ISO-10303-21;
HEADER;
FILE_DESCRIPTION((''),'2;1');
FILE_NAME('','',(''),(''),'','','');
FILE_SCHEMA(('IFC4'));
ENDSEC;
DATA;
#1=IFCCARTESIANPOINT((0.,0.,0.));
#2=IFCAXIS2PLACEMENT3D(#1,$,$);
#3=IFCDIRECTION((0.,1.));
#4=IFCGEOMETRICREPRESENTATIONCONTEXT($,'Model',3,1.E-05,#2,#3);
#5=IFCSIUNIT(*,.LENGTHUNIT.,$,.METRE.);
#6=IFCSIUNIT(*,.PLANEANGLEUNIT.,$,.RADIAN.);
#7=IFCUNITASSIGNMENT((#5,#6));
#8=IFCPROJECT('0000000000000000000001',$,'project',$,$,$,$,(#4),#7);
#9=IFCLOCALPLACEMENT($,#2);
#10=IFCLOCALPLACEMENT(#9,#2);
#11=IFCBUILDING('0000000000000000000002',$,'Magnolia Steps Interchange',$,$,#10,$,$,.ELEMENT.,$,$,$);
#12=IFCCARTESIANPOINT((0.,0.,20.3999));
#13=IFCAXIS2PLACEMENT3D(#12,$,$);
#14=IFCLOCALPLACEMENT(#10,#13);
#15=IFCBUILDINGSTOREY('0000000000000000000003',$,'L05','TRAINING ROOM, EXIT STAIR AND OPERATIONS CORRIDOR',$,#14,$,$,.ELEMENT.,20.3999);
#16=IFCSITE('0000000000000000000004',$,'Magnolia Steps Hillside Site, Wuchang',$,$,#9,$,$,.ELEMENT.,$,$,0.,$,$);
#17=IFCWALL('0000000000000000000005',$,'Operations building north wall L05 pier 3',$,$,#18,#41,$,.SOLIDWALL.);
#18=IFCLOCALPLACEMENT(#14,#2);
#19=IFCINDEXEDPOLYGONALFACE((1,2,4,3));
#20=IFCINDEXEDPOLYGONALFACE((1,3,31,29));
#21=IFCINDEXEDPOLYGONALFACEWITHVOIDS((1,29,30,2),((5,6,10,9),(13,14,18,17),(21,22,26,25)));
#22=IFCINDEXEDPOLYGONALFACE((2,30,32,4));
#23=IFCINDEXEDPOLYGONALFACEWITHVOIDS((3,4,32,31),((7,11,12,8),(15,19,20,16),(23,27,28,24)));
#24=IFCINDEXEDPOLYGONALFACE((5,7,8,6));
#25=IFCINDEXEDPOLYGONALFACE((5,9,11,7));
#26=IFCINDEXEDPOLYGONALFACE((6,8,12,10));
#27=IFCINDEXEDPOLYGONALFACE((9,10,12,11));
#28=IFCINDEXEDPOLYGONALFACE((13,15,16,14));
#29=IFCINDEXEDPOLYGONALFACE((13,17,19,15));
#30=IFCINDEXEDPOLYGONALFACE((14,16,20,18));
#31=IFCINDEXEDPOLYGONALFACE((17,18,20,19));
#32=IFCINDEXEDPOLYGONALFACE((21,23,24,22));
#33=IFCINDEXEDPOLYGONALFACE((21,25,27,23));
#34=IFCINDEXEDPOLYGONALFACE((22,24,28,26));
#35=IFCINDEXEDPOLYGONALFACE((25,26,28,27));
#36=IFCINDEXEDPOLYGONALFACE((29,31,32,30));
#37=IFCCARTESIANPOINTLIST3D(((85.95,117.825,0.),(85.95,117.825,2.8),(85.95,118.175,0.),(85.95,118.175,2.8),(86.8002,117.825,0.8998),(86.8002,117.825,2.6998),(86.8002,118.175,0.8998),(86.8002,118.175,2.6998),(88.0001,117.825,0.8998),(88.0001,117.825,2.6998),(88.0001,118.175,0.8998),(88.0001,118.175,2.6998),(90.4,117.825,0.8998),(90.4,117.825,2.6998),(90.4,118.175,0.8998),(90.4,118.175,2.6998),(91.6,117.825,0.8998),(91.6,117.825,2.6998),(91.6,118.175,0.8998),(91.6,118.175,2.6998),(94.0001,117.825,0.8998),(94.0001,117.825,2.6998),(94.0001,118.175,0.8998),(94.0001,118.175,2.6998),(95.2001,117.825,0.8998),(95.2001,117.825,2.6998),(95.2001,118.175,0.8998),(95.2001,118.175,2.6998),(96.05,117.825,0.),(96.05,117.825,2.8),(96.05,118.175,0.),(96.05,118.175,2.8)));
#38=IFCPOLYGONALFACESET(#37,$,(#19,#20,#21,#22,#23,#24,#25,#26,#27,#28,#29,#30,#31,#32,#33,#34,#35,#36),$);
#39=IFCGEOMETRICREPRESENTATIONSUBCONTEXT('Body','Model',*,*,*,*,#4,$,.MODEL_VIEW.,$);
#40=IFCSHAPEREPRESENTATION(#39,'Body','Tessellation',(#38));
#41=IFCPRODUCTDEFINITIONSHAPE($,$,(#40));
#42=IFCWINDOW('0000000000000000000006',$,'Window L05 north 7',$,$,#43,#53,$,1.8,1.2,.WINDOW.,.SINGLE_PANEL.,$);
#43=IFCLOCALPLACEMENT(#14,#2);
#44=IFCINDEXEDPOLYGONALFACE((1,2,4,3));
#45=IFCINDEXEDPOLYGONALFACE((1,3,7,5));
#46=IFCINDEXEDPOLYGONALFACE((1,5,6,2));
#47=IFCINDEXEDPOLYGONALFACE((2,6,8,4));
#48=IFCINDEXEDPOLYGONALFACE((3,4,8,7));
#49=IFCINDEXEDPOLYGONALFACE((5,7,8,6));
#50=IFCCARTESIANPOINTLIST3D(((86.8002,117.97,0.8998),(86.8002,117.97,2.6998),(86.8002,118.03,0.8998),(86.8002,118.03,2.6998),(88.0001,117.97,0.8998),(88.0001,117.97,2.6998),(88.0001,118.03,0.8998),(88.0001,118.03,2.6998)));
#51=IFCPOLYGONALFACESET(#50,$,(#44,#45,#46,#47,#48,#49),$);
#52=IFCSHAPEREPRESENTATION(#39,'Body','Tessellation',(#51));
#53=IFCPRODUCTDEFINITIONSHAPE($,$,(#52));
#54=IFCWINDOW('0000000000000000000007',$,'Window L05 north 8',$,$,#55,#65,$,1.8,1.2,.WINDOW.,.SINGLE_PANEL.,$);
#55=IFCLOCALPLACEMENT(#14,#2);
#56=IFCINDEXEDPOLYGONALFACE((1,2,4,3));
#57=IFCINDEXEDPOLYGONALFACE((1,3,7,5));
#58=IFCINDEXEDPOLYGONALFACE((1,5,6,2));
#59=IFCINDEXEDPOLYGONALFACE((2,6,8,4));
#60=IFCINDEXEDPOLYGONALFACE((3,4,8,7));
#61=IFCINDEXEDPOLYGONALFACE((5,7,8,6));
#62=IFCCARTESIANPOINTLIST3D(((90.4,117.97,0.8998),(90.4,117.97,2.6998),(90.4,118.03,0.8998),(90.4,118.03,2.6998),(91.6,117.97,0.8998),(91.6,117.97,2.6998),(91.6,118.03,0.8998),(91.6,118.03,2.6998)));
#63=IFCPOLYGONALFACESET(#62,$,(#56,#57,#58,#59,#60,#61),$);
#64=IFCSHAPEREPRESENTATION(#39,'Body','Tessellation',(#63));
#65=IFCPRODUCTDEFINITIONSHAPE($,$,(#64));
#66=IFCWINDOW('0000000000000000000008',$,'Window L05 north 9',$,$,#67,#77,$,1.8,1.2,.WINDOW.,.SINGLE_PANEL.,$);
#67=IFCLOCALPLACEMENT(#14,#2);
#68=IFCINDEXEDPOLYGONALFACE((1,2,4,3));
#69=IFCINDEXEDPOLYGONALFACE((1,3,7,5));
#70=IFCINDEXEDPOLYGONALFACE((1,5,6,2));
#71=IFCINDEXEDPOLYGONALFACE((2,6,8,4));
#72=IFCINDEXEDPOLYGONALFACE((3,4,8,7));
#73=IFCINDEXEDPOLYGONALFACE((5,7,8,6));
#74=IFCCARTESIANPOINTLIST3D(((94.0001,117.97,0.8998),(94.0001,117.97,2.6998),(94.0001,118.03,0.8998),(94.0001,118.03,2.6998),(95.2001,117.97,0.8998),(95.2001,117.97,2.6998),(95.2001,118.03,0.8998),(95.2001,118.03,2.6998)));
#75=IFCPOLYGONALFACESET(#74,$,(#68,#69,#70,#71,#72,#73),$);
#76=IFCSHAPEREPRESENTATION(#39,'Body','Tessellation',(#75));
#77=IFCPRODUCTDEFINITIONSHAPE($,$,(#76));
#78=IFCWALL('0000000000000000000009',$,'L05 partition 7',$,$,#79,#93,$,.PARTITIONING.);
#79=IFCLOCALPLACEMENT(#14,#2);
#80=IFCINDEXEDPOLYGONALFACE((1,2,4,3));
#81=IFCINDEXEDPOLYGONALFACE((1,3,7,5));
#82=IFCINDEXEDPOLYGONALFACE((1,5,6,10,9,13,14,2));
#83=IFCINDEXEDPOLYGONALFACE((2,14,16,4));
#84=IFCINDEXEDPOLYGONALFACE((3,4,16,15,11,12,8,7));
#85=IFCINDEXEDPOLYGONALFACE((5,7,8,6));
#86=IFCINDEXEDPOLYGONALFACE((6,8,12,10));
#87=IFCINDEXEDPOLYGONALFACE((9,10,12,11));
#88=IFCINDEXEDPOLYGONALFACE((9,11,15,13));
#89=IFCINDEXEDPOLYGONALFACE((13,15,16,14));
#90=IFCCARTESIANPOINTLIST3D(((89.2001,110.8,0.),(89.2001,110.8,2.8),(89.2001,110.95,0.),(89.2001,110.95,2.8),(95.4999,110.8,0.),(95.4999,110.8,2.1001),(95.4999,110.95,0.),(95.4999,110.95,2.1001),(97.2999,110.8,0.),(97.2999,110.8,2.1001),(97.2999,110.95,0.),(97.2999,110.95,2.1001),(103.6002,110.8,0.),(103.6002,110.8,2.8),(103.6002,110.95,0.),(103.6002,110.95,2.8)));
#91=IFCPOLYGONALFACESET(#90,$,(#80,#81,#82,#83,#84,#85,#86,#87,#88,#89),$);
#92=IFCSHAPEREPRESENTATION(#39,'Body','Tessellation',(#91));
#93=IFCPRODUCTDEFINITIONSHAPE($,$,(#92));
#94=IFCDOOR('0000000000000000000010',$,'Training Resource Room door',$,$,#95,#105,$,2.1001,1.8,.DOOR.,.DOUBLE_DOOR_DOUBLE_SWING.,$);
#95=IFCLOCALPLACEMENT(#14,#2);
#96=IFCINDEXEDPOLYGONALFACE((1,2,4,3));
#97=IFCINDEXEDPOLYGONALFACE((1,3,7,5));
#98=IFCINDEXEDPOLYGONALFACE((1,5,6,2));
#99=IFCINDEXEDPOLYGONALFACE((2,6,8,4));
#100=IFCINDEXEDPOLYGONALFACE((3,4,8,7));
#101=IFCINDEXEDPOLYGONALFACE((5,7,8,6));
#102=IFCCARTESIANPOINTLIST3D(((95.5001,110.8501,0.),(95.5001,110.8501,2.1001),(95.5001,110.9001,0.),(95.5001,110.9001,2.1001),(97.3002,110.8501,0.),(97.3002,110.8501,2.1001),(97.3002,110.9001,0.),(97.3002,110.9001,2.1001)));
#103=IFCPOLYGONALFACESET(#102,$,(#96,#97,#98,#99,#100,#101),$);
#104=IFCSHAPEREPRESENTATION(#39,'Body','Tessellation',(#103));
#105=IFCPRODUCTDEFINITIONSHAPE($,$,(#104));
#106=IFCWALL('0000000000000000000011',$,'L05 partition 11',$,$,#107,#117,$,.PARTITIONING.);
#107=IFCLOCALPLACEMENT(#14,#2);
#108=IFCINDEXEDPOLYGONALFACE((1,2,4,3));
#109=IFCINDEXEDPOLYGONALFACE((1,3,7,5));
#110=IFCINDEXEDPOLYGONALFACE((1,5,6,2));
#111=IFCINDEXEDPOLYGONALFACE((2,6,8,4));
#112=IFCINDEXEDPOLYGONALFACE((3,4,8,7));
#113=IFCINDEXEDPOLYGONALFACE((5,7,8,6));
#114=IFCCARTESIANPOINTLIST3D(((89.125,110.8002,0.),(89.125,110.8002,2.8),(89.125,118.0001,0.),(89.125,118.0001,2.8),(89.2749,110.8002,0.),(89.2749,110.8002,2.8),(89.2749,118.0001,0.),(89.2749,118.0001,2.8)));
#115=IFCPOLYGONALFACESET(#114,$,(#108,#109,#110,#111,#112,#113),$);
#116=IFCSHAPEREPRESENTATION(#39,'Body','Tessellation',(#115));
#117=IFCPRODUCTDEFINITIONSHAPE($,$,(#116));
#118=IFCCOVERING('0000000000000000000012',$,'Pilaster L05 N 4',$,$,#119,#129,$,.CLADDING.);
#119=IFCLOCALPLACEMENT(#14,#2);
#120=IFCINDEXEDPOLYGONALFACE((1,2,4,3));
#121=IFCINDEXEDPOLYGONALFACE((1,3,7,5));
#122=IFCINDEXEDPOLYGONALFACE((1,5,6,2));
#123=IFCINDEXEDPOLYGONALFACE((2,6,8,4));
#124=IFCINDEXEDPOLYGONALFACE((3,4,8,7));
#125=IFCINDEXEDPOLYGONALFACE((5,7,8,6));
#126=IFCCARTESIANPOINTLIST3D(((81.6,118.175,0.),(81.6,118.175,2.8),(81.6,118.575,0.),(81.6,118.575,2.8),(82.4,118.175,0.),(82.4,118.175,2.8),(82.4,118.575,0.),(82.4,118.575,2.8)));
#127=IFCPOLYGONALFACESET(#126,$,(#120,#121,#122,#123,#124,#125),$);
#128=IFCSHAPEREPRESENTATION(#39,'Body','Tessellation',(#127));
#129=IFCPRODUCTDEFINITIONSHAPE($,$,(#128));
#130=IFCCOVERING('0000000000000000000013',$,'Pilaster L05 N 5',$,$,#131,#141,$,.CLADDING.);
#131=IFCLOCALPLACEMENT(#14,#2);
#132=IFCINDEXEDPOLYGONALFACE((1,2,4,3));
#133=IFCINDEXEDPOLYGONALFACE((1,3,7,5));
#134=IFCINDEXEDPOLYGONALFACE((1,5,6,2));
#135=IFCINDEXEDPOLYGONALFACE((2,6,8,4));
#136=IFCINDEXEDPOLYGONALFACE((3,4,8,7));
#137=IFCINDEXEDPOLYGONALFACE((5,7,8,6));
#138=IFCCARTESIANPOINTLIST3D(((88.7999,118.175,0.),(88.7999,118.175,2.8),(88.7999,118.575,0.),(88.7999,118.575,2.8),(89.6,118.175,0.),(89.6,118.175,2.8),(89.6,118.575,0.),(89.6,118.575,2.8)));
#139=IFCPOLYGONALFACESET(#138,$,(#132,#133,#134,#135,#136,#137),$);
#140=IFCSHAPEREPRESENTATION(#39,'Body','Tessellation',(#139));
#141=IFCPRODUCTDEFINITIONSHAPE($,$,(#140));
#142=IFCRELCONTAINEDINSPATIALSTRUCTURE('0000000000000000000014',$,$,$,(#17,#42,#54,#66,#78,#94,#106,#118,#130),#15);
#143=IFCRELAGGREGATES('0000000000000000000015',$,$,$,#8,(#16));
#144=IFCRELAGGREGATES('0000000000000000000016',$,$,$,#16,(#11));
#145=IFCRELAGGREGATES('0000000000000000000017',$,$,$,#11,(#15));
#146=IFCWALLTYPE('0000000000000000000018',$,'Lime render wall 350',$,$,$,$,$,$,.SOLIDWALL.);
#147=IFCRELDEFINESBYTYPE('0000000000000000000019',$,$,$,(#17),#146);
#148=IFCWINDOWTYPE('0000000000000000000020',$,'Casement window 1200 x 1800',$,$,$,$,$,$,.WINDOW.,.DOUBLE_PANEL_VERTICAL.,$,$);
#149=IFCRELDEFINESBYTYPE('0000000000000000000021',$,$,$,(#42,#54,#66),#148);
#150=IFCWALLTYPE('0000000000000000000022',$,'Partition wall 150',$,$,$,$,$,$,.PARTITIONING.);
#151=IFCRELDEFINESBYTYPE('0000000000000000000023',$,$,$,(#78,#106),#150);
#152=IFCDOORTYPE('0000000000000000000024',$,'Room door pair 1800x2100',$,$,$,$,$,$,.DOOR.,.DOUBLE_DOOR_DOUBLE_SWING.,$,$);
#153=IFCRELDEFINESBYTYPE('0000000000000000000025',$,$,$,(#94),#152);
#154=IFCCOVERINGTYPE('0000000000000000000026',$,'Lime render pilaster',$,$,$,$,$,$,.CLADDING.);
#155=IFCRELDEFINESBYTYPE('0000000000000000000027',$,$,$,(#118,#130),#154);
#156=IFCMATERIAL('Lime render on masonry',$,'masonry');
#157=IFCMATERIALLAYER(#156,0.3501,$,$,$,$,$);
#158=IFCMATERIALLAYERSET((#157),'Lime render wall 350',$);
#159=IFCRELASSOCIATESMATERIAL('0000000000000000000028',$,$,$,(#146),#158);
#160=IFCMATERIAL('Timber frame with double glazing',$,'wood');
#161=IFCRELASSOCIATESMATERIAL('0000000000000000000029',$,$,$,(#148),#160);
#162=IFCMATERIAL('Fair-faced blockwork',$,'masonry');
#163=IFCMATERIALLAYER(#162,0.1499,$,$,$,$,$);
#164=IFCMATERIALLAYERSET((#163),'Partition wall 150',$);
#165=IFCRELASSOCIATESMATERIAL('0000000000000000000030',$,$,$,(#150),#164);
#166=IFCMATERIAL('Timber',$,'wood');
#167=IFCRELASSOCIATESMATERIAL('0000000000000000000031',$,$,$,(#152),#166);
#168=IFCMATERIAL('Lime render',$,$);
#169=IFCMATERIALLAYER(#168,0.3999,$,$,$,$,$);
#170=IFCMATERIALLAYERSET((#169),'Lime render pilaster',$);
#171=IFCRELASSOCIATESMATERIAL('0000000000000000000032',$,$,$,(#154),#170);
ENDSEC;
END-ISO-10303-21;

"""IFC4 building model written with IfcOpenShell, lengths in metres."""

from ifc_helpers import new_model, si_unit, direction, frame, frame_2d, origin, origin_2d, place, context, subcontext, project, spatial, rectangle, extrude, material, layer, layer_set, type_object, element, fill, save


model = new_model("IFC4")

# Units and contexts
model_context = context("Model", 3, precision=1e-05, world=origin(), true_north=direction((0.0, 1.0)))
body_context = subcontext(model_context, "Body", "Model", "MODEL_VIEW")
ifc_project = project(units=[si_unit("LENGTHUNIT", "METRE"), si_unit("PLANEANGLEUNIT", "RADIAN")], contexts=[model_context])

# Site, building, storey
site_placement = place(None, origin())
site = spatial("IfcSite", under=ifc_project, at=site_placement, Name="Magnolia Steps Hillside Site, Wuchang", CompositionType="ELEMENT", RefElevation=0.0)
building_placement = place(site_placement, origin())
building = spatial("IfcBuilding", under=site, at=building_placement, Name="Magnolia Steps Interchange", CompositionType="ELEMENT")
storey_placement = place(building_placement, frame((0.0, 0.0, 20.3999)))
storey = spatial("IfcBuildingStorey", under=building, at=storey_placement, Name="L05", Description="TRAINING ROOM, EXIT STAIR AND OPERATIONS CORRIDOR", CompositionType="ELEMENT", Elevation=20.3999)

# Shared definitions
ifc_material_1 = material(Name="Lime render on masonry", Category="masonry")
ifc_layer_1 = layer(ifc_material_1, 0.3501)
ifc_layer_set_1 = layer_set([ifc_layer_1], Name="Lime render wall 350")
wall_type_1 = type_object("IfcWallType", Name="Lime render wall 350", PredefinedType="SOLIDWALL", material=ifc_layer_set_1)
ifc_material_2 = material(Name="Timber frame with double glazing", Category="wood")
window_type = type_object("IfcWindowType", Name="Casement window 1200 x 1800", PartitioningType="DOUBLE_PANEL_VERTICAL", PredefinedType="WINDOW", material=ifc_material_2)

# Wall, openings, windows
wall_1_placement = place(storey_placement, frame((85.95, 118.0, 0.0), z_axis=(0.0, 0.0, 1.0), x_axis=(1.0, 0.0, 0.0)))
wall_1 = element("IfcWall", 1, at=wall_1_placement, inside=storey, type_object=wall_type_1, Name="Operations building north wall L05 pier 3", PredefinedType="SOLIDWALL", context=body_context, shape_type="SweptSolid", body=[
    extrude(rectangle(XDim=10.1001, YDim=0.3501, at=frame_2d((5.05, 0.0))), origin(), (0.0, 0.0, 1.0), 2.8),
])
opening_1_placement = place(wall_1_placement, frame((0.8501, 0.0, 0.8999)))
opening_1 = element("IfcOpeningElement", 2, at=opening_1_placement, cuts=wall_1, PredefinedType="OPENING", context=body_context, shape_type="SweptSolid", body=[
    extrude(rectangle(XDim=1.2, YDim=1.8, at=frame_2d((0.6001, 0.8999))), frame((0.0, 0.1851, 0.0), z_axis=(0.0, -1.0, 0.0), x_axis=(1.0, 0.0, 0.0)), (0.0, 0.0, 1.0), 0.3701),
])
opening_2_placement = place(wall_1_placement, frame((4.45, 0.0, 0.8999)))
opening_2 = element("IfcOpeningElement", 3, at=opening_2_placement, cuts=wall_1, PredefinedType="OPENING", context=body_context, shape_type="SweptSolid", body=[
    extrude(rectangle(XDim=1.2, YDim=1.8, at=frame_2d((0.6001, 0.8999))), frame((0.0, 0.1851, 0.0), z_axis=(0.0, -1.0, 0.0), x_axis=(1.0, 0.0, 0.0)), (0.0, 0.0, 1.0), 0.3701),
])
opening_3_placement = place(wall_1_placement, frame((8.05, 0.0, 0.8999)))
opening_3 = element("IfcOpeningElement", 4, at=opening_3_placement, cuts=wall_1, PredefinedType="OPENING", context=body_context, shape_type="SweptSolid", body=[
    extrude(rectangle(XDim=1.2, YDim=1.8, at=frame_2d((0.6001, 0.8999))), frame((0.0, 0.1851, 0.0), z_axis=(0.0, -1.0, 0.0), x_axis=(1.0, 0.0, 0.0)), (0.0, 0.0, 1.0), 0.3701),
])
window_1_placement = place(opening_1_placement, origin())
window_1 = element("IfcWindow", 5, at=window_1_placement, inside=storey, type_object=window_type, Name="Window L05 north 7", OverallHeight=1.8, OverallWidth=1.2, PartitioningType="SINGLE_PANEL", PredefinedType="WINDOW", context=body_context, shape_type="SweptSolid", body=[
    extrude(rectangle(XDim=1.2, YDim=1.8, at=frame_2d((0.6001, 0.8999))), frame((0.0, 0.03, 0.0), z_axis=(0.0, -1.0, 0.0), x_axis=(1.0, 0.0, 0.0)), (0.0, 0.0, 1.0), 0.0601),
])
fill(opening_1, window_1)
window_2_placement = place(opening_2_placement, origin())
window_2 = element("IfcWindow", 6, at=window_2_placement, inside=storey, type_object=window_type, Name="Window L05 north 8", OverallHeight=1.8, OverallWidth=1.2, PartitioningType="SINGLE_PANEL", PredefinedType="WINDOW", context=body_context, shape_type="SweptSolid", body=[
    extrude(rectangle(XDim=1.2, YDim=1.8, at=frame_2d((0.6001, 0.8999))), frame((0.0, 0.03, 0.0), z_axis=(0.0, -1.0, 0.0), x_axis=(1.0, 0.0, 0.0)), (0.0, 0.0, 1.0), 0.0601),
])
fill(opening_2, window_2)
window_3_placement = place(opening_3_placement, origin())
window_3 = element("IfcWindow", 7, at=window_3_placement, inside=storey, type_object=window_type, Name="Window L05 north 9", OverallHeight=1.8, OverallWidth=1.2, PartitioningType="SINGLE_PANEL", PredefinedType="WINDOW", context=body_context, shape_type="SweptSolid", body=[
    extrude(rectangle(XDim=1.2, YDim=1.8, at=frame_2d((0.6001, 0.8999))), frame((0.0, 0.03, 0.0), z_axis=(0.0, -1.0, 0.0), x_axis=(1.0, 0.0, 0.0)), (0.0, 0.0, 1.0), 0.0601),
])
fill(opening_3, window_3)

# Wall, opening, door
ifc_material_3 = material(Name="Fair-faced blockwork", Category="masonry")
ifc_layer_2 = layer(ifc_material_3, 0.1499)
ifc_layer_set_2 = layer_set([ifc_layer_2], Name="Partition wall 150")
wall_type_2 = type_object("IfcWallType", Name="Partition wall 150", PredefinedType="PARTITIONING", material=ifc_layer_set_2)
wall_2_placement = place(storey_placement, frame((89.2, 110.875, 0.0), z_axis=(0.0, 0.0, 1.0), x_axis=(1.0, 0.0, 0.0)))
wall_2 = element("IfcWall", 8, at=wall_2_placement, inside=storey, type_object=wall_type_2, Name="L05 partition 7", PredefinedType="PARTITIONING", context=body_context, shape_type="SweptSolid", body=[
    extrude(rectangle(XDim=14.4001, YDim=0.1499, at=frame_2d((7.2002, 0.0))), origin(), (0.0, 0.0, 1.0), 2.8),
])
opening_4_placement = place(wall_2_placement, frame((6.3, 0.0, 0.0)))
opening_4 = element("IfcOpeningElement", 9, at=opening_4_placement, cuts=wall_2, PredefinedType="OPENING", context=body_context, shape_type="SweptSolid", body=[
    extrude(rectangle(XDim=1.8, YDim=2.1001, at=frame_2d((0.8999, 1.05))), frame((0.0, 0.085, 0.0), z_axis=(0.0, -1.0, 0.0), x_axis=(1.0, 0.0, 0.0)), (0.0, 0.0, 1.0), 0.1699),
])
ifc_material_4 = material(Name="Timber", Category="wood")
door_type = type_object("IfcDoorType", Name="Room door pair 1800x2100", OperationType="DOUBLE_DOOR_DOUBLE_SWING", PredefinedType="DOOR", material=ifc_material_4)
door_placement = place(opening_4_placement, frame((1.8, 0.0, 0.0), z_axis=(0.0, 0.0, 1.0), x_axis=(-1.0, 0.0, 0.0)))
door = element("IfcDoor", 10, at=door_placement, inside=storey, type_object=door_type, Name="Training Resource Room door", OperationType="DOUBLE_DOOR_DOUBLE_SWING", OverallHeight=2.1001, OverallWidth=1.8, PredefinedType="DOOR", context=body_context, shape_type="SweptSolid", body=[
    extrude(rectangle(XDim=1.8, YDim=2.1001, at=frame_2d((0.8999, 1.05))), frame((0.0, 0.0249, 0.0), z_axis=(0.0, -1.0, 0.0), x_axis=(1.0, 0.0, 0.0)), (0.0, 0.0, 1.0), 0.05),
])
fill(opening_4, door)

# Wall
wall_3_placement = place(storey_placement, frame((89.2, 110.8, 0.0), z_axis=(0.0, 0.0, 1.0), x_axis=(0.0, 1.0, 0.0)))
element("IfcWall", 11, at=wall_3_placement, inside=storey, type_object=wall_type_2, Name="L05 partition 11", PredefinedType="PARTITIONING", context=body_context, shape_type="SweptSolid", body=[
    extrude(rectangle(XDim=7.2, YDim=0.1499, at=frame_2d((3.6001, 0.0))), origin(), (0.0, 0.0, 1.0), 2.8),
])

# Coverings
ifc_material_5 = material(Name="Lime render")
ifc_layer_3 = layer(ifc_material_5, 0.3999)
ifc_layer_set_3 = layer_set([ifc_layer_3], Name="Lime render pilaster")
covering_type_1 = type_object("IfcCoveringType", Name="Lime render pilaster", PredefinedType="CLADDING", material=ifc_layer_set_3)
for number, where, z_axis, x_axis, name in (
    (12, (82.0, 118.375, 0.0), (0.0, 0.0, 1.0), (1.0, 0.0, 0.0), "Pilaster L05 N 4"),
    (13, (89.2, 118.375, 0.0), (0.0, 0.0, 1.0), (1.0, 0.0, 0.0), "Pilaster L05 N 5"),
):
    element("IfcCovering", number, at=place(storey_placement, frame(where, z_axis=z_axis, x_axis=x_axis)), inside=storey, type_object=covering_type_1, Name=name, PredefinedType="CLADDING", context=body_context, shape_type="SweptSolid", body=[
        extrude(rectangle(XDim=0.8, YDim=0.3999, at=origin_2d()), origin(), (0.0, 0.0, 1.0), 2.8),
    ])

save(model, "model.ifc")
